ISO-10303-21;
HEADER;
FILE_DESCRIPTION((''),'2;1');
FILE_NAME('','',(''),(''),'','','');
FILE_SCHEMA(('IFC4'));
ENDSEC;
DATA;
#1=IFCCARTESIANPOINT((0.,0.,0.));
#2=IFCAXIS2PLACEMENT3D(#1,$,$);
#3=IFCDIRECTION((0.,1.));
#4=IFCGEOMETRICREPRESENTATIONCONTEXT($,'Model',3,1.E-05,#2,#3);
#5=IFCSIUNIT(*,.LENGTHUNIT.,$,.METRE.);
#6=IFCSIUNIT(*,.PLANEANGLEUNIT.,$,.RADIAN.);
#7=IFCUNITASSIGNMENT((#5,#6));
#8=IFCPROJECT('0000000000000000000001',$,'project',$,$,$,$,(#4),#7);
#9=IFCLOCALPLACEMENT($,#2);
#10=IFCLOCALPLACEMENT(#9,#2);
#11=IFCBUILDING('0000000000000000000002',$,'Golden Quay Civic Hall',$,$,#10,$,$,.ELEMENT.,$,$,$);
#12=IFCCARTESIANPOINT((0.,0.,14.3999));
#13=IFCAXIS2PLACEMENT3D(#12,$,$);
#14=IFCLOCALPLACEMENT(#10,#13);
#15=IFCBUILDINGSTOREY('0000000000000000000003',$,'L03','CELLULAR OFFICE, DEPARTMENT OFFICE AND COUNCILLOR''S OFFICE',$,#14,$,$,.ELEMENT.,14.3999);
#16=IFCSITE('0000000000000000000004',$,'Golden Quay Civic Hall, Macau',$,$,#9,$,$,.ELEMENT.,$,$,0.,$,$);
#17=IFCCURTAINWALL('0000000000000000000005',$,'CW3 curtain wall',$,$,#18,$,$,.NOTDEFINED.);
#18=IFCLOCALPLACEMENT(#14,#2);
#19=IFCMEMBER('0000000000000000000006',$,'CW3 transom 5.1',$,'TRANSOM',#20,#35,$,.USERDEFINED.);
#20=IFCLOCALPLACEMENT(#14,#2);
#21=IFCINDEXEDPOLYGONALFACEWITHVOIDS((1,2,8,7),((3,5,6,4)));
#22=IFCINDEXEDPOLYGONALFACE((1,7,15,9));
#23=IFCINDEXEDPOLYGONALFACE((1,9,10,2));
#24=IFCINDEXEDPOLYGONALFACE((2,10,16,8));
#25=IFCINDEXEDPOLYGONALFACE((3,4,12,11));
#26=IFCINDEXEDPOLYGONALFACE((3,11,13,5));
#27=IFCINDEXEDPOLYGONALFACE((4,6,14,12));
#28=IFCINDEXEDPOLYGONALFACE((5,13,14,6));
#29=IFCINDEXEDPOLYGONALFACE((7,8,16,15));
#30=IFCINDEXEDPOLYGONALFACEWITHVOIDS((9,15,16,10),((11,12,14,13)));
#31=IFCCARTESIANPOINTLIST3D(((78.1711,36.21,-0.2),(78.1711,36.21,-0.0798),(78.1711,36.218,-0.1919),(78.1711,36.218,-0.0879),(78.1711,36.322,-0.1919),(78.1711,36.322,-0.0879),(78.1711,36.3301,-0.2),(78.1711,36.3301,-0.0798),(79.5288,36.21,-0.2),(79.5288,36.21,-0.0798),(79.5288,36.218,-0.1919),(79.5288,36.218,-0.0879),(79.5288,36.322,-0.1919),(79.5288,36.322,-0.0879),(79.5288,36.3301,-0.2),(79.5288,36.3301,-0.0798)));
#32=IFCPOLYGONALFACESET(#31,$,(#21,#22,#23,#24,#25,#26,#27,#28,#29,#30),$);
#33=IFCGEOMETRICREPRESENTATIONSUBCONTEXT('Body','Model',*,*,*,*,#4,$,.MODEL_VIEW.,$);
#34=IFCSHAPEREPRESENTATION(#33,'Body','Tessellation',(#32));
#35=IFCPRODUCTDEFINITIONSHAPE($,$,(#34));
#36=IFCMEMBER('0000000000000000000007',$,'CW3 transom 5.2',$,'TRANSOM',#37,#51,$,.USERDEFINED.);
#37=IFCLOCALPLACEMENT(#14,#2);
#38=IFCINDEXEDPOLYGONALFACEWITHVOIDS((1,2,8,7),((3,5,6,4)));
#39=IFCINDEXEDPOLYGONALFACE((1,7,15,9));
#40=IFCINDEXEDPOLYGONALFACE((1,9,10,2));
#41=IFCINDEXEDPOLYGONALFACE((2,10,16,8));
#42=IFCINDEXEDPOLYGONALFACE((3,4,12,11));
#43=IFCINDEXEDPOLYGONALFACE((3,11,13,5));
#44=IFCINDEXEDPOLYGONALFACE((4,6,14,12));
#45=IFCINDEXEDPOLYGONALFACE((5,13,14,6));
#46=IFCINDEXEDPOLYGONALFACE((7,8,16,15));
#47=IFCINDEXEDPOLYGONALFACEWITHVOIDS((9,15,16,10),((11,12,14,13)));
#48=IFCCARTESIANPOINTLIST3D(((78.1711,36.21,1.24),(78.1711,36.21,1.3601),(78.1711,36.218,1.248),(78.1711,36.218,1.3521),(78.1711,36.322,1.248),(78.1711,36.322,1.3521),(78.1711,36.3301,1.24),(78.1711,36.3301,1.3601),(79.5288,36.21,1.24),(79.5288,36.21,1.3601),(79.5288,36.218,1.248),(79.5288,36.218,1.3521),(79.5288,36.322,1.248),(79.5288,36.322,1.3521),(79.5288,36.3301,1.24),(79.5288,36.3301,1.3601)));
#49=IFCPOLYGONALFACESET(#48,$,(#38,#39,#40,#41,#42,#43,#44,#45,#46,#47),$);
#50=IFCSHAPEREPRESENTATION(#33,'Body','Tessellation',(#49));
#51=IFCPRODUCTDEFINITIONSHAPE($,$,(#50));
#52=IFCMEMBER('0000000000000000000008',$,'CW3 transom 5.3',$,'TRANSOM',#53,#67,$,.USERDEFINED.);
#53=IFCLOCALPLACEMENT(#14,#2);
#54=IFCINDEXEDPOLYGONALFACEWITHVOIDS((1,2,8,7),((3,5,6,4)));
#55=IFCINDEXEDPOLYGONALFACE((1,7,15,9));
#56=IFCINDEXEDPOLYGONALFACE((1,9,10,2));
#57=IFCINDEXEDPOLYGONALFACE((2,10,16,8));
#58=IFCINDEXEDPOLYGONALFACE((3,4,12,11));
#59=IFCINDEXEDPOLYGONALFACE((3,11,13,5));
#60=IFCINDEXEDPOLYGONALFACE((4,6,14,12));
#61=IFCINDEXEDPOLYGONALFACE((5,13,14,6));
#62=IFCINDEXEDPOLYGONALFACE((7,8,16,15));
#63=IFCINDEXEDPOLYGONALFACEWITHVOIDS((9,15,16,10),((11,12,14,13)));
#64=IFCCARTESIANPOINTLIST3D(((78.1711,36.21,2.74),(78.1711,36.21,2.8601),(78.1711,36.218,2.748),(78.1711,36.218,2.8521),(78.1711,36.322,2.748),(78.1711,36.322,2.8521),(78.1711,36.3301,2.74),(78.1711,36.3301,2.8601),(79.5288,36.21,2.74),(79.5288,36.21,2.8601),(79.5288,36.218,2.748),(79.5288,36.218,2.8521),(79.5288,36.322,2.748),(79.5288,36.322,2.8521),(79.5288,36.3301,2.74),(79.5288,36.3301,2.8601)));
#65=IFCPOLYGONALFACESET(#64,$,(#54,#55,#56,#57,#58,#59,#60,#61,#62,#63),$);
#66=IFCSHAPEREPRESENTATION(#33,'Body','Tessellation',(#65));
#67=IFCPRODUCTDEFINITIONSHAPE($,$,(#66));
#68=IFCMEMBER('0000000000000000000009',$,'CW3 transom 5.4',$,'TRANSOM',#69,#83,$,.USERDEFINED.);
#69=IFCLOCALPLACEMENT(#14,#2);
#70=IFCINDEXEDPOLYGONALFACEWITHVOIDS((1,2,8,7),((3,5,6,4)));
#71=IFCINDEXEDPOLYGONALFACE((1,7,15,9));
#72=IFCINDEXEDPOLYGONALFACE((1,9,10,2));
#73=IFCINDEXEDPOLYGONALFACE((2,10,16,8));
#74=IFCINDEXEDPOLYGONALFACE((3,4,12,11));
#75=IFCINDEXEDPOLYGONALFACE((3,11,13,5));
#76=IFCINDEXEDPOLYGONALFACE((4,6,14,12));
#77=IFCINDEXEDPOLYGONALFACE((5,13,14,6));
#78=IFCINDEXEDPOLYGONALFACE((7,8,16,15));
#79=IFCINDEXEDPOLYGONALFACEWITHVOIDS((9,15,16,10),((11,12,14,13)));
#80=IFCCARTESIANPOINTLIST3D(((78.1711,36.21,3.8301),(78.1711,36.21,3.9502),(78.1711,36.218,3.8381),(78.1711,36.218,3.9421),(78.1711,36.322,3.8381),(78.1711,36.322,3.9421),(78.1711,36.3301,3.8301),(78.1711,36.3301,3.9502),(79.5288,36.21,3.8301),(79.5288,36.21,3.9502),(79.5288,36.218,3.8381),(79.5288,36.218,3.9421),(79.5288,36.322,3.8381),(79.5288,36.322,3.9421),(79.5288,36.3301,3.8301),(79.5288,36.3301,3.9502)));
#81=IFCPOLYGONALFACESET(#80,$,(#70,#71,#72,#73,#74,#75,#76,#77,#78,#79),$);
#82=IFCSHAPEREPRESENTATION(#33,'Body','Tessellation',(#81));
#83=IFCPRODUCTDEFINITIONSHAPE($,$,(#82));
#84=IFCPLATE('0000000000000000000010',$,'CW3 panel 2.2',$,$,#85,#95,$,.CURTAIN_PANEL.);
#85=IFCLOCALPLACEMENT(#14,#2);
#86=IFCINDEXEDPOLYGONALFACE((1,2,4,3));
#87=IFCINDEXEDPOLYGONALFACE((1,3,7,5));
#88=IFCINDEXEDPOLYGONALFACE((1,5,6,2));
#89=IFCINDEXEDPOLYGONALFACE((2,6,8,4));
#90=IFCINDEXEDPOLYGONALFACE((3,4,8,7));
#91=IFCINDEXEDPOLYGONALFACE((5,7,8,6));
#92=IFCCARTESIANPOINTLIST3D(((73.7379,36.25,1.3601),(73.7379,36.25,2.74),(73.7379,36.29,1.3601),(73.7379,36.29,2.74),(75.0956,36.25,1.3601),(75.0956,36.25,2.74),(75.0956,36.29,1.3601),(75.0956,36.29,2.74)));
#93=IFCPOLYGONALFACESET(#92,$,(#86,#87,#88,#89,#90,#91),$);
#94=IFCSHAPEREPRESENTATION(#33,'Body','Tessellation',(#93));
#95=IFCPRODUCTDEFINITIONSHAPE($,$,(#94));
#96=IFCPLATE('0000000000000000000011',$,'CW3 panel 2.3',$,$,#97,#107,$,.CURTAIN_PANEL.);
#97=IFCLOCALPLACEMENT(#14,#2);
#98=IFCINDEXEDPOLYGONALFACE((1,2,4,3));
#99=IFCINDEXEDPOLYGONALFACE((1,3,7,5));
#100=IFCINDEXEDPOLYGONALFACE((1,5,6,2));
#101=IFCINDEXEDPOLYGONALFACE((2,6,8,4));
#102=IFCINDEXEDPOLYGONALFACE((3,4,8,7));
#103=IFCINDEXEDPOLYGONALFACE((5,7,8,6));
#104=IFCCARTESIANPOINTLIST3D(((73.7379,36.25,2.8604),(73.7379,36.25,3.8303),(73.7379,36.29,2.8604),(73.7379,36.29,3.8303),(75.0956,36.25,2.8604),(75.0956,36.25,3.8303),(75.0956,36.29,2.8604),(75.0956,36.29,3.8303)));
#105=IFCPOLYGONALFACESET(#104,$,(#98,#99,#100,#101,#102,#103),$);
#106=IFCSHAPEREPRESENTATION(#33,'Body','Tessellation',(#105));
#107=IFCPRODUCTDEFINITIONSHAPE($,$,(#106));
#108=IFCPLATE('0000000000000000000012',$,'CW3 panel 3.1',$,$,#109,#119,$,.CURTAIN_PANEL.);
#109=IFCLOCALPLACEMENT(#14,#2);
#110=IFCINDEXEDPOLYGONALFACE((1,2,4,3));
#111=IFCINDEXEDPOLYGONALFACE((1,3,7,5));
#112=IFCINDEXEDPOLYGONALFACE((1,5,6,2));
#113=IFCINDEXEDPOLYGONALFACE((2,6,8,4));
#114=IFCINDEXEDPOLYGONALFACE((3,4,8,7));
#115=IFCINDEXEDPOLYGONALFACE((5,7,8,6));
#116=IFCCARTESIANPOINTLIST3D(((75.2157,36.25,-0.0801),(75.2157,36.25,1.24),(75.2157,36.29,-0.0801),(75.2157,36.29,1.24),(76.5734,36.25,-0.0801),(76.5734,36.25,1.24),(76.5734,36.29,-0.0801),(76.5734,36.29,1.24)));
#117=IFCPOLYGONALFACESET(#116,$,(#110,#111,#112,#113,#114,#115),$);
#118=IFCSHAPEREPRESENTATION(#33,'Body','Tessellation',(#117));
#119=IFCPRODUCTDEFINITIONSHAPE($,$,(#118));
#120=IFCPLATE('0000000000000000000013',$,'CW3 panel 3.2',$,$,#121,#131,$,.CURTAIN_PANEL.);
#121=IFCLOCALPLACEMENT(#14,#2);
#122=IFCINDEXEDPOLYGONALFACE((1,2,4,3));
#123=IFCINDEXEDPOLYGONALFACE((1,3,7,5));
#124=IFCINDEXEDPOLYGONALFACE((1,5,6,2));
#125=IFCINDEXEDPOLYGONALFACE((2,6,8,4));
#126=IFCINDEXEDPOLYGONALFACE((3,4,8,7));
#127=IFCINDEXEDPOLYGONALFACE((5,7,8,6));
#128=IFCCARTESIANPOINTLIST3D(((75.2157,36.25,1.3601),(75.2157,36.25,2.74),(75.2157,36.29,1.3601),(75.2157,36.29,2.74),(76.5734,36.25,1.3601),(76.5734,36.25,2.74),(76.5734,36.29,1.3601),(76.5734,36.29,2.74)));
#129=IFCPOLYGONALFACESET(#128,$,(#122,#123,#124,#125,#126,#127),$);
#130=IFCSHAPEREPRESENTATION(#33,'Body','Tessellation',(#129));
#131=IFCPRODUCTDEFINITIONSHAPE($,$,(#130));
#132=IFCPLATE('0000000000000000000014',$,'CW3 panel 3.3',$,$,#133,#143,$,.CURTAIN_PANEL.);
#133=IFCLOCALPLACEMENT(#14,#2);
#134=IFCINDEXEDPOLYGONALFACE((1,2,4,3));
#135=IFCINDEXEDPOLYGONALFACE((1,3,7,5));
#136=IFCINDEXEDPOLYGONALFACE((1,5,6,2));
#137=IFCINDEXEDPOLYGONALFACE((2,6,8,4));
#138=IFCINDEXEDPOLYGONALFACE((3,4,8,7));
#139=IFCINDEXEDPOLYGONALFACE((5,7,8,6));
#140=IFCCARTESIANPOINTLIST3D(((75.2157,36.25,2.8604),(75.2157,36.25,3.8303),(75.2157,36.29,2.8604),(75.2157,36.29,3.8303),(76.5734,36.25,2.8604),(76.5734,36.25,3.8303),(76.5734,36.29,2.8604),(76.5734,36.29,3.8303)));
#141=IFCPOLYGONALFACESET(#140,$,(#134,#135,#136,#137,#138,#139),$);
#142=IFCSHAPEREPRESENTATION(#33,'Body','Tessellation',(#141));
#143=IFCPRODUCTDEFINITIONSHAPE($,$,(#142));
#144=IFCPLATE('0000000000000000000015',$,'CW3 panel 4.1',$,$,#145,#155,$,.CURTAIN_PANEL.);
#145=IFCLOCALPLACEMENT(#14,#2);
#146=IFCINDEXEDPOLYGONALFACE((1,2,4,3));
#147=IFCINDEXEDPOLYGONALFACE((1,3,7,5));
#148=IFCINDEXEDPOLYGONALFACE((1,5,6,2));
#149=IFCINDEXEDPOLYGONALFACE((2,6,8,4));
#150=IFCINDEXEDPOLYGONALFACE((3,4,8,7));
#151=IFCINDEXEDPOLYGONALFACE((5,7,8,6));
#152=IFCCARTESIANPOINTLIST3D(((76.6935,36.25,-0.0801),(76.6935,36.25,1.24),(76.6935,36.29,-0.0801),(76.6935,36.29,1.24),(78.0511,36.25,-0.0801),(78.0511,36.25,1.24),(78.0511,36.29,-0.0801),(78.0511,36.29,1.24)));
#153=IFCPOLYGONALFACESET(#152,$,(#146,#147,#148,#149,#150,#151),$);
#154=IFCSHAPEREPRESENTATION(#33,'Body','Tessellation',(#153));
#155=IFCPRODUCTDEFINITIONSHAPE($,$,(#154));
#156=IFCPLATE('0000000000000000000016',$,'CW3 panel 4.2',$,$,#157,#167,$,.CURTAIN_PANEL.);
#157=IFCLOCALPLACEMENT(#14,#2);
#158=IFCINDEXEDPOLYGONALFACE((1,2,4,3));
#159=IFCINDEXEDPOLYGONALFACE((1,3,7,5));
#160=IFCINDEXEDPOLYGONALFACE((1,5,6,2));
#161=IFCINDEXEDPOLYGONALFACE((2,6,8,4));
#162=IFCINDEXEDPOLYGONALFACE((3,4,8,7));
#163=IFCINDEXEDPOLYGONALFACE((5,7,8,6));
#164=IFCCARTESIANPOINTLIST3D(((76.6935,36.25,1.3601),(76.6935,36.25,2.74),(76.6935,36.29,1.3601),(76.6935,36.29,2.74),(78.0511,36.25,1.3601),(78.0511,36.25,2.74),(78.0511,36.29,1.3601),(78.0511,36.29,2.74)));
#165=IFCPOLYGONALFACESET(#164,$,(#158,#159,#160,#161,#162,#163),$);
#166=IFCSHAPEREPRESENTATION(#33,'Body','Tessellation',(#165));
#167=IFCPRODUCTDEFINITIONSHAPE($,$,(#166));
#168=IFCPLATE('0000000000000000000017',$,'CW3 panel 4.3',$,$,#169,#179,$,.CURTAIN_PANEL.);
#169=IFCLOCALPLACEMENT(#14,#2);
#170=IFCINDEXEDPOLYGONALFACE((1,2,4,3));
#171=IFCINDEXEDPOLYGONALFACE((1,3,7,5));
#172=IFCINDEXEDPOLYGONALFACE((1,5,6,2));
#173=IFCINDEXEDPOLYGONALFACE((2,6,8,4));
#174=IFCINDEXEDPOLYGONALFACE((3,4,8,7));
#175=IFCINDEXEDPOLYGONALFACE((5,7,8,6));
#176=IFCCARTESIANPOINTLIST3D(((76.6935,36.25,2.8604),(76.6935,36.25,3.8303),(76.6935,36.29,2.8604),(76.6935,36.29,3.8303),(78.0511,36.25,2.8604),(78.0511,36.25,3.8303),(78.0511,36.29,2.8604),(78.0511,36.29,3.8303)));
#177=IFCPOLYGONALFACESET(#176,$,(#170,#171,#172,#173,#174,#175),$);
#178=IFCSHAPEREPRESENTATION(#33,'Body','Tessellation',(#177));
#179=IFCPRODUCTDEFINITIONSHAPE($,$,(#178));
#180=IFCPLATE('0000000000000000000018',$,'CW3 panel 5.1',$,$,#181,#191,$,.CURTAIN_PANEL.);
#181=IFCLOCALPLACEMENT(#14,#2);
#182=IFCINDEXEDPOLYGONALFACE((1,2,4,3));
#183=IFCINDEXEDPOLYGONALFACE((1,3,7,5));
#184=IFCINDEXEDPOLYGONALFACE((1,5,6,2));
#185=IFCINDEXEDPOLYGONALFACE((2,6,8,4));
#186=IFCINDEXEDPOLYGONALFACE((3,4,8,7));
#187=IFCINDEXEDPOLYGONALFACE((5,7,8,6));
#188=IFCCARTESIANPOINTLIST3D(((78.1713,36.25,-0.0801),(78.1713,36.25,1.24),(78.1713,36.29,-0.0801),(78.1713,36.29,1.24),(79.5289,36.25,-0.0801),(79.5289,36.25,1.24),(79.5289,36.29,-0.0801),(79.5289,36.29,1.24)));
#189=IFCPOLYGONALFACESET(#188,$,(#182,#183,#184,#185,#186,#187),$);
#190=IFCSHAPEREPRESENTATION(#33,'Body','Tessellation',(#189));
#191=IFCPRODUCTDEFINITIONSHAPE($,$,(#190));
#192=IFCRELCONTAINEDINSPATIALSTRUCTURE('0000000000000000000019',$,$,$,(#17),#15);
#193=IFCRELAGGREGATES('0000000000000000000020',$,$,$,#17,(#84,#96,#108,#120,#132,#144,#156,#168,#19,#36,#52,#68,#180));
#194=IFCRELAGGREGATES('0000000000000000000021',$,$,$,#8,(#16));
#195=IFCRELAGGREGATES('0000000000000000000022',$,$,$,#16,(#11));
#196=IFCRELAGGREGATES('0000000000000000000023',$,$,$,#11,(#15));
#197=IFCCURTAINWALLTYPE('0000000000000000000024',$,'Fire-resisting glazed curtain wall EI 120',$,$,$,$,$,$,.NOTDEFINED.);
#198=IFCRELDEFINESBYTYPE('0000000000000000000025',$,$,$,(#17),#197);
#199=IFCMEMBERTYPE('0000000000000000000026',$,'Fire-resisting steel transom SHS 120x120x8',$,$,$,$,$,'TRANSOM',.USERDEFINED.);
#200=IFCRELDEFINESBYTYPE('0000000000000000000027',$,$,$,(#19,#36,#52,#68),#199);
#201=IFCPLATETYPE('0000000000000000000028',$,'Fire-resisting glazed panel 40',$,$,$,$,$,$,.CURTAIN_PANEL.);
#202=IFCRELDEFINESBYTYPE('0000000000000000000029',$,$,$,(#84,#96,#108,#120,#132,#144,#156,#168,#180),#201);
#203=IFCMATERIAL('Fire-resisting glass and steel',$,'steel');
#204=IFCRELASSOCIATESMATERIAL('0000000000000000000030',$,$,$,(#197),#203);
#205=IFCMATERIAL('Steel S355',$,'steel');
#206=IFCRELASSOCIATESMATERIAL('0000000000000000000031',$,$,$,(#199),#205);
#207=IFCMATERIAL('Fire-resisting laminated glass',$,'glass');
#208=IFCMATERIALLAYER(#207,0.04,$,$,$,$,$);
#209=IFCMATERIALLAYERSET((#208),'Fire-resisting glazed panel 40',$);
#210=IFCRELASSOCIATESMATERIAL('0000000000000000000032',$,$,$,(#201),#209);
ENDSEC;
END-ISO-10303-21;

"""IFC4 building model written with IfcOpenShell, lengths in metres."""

from ifc_helpers import new_model, si_unit, direction, frame, origin, origin_2d, place, context, subcontext, project, spatial, rectangle, hollow_rectangle, extrude, material, layer, layer_set, material_profile, profile_set, type_object, element, aggregate, save


model = new_model("IFC4")

# Units and contexts
model_context = context("Model", 3, precision=1e-05, world=origin(), true_north=direction((0.0, 1.0)))
body_context = subcontext(model_context, "Body", "Model", "MODEL_VIEW")
ifc_project = project(units=[si_unit("LENGTHUNIT", "METRE"), si_unit("PLANEANGLEUNIT", "RADIAN")], contexts=[model_context])

# Site, building, storey
site_placement = place(None, origin())
site = spatial("IfcSite", under=ifc_project, at=site_placement, Name="Golden Quay Civic Hall, Macau", CompositionType="ELEMENT", RefElevation=0.0)
building_placement = place(site_placement, origin())
building = spatial("IfcBuilding", under=site, at=building_placement, Name="Golden Quay Civic Hall", CompositionType="ELEMENT")
storey_placement = place(building_placement, frame((0.0, 0.0, 14.3999)))
storey = spatial("IfcBuildingStorey", under=building, at=storey_placement, Name="L03", Description="CELLULAR OFFICE, DEPARTMENT OFFICE AND COUNCILLOR'S OFFICE", CompositionType="ELEMENT", Elevation=14.3999)

# Curtain wall, members, plates
ifc_material_1 = material(Name="Fire-resisting glass and steel", Category="steel")
curtain_wall_type = type_object("IfcCurtainWallType", Name="Fire-resisting glazed curtain wall EI 120", PredefinedType="NOTDEFINED", material=ifc_material_1)
curtain_wall_placement = place(storey_placement, origin())
curtain_wall = element("IfcCurtainWall", 1, at=curtain_wall_placement, inside=storey, type_object=curtain_wall_type, Name="CW3 curtain wall", PredefinedType="NOTDEFINED")
ifc_material_2 = material(Name="Steel S355", Category="steel")
ifc_material_profile_1 = material_profile(ifc_material_2, hollow_rectangle(XDim=0.1201, YDim=0.1201, WallThickness=0.0081, at=origin_2d()), Name="SHS 120x120x8")
ifc_profile_set_1 = profile_set([ifc_material_profile_1], Name="Steel S355")
member_type_1 = type_object("IfcMemberType", Name="Fire-resisting steel transom SHS 120x120x8", ElementType="TRANSOM", PredefinedType="USERDEFINED", material=ifc_profile_set_1)
member_1_placement = place(storey_placement, frame((78.1711, 36.27, -0.1399), z_axis=(1.0, 0.0, 0.0), x_axis=(0.0, 1.0, 0.0)))
member_1 = element("IfcMember", 2, at=member_1_placement, type_object=member_type_1, Name="CW3 transom 5.1", ObjectType="TRANSOM", PredefinedType="USERDEFINED", context=body_context, shape_type="SweptSolid", body=[
    extrude(hollow_rectangle(XDim=0.1201, YDim=0.1201, WallThickness=0.0081, at=origin_2d()), origin(), (0.0, 0.0, 1.0), 1.3577),
])
member_2_placement = place(storey_placement, frame((78.1711, 36.27, 1.3), z_axis=(1.0, 0.0, 0.0), x_axis=(0.0, 1.0, 0.0)))
member_2 = element("IfcMember", 3, at=member_2_placement, type_object=member_type_1, Name="CW3 transom 5.2", ObjectType="TRANSOM", PredefinedType="USERDEFINED", context=body_context, shape_type="SweptSolid", body=[
    extrude(hollow_rectangle(XDim=0.1201, YDim=0.1201, WallThickness=0.0081, at=origin_2d()), origin(), (0.0, 0.0, 1.0), 1.3577),
])
member_3_placement = place(storey_placement, frame((78.1711, 36.27, 2.8), z_axis=(1.0, 0.0, 0.0), x_axis=(0.0, 1.0, 0.0)))
member_3 = element("IfcMember", 4, at=member_3_placement, type_object=member_type_1, Name="CW3 transom 5.3", ObjectType="TRANSOM", PredefinedType="USERDEFINED", context=body_context, shape_type="SweptSolid", body=[
    extrude(hollow_rectangle(XDim=0.1201, YDim=0.1201, WallThickness=0.0081, at=origin_2d()), origin(), (0.0, 0.0, 1.0), 1.3577),
])
member_4_placement = place(storey_placement, frame((78.1711, 36.27, 3.8901), z_axis=(1.0, 0.0, 0.0), x_axis=(0.0, 1.0, 0.0)))
member_4 = element("IfcMember", 5, at=member_4_placement, type_object=member_type_1, Name="CW3 transom 5.4", ObjectType="TRANSOM", PredefinedType="USERDEFINED", context=body_context, shape_type="SweptSolid", body=[
    extrude(hollow_rectangle(XDim=0.1201, YDim=0.1201, WallThickness=0.0081, at=origin_2d()), origin(), (0.0, 0.0, 1.0), 1.3577),
])
ifc_material_3 = material(Name="Fire-resisting laminated glass", Category="glass")
ifc_layer = layer(ifc_material_3, 0.04)
ifc_layer_set = layer_set([ifc_layer], Name="Fire-resisting glazed panel 40")
plate_type = type_object("IfcPlateType", Name="Fire-resisting glazed panel 40", PredefinedType="CURTAIN_PANEL", material=ifc_layer_set)
plate_1_placement = place(storey_placement, frame((74.4167, 36.27, 1.3601), z_axis=(0.0, 0.0, 1.0), x_axis=(1.0, 0.0, 0.0)))
plate_1 = element("IfcPlate", 6, at=plate_1_placement, type_object=plate_type, Name="CW3 panel 2.2", PredefinedType="CURTAIN_PANEL", context=body_context, shape_type="SweptSolid", body=[
    extrude(rectangle(XDim=1.3577, YDim=0.04, at=origin_2d()), origin(), (0.0, 0.0, 1.0), 1.3799),
])
plate_2_placement = place(storey_placement, frame((74.4167, 36.27, 2.8604), z_axis=(0.0, 0.0, 1.0), x_axis=(1.0, 0.0, 0.0)))
plate_2 = element("IfcPlate", 7, at=plate_2_placement, type_object=plate_type, Name="CW3 panel 2.3", PredefinedType="CURTAIN_PANEL", context=body_context, shape_type="SweptSolid", body=[
    extrude(rectangle(XDim=1.3577, YDim=0.04, at=origin_2d()), origin(), (0.0, 0.0, 1.0), 0.97),
])
plate_3_placement = place(storey_placement, frame((75.8945, 36.27, -0.0801), z_axis=(0.0, 0.0, 1.0), x_axis=(1.0, 0.0, 0.0)))
plate_3 = element("IfcPlate", 8, at=plate_3_placement, type_object=plate_type, Name="CW3 panel 3.1", PredefinedType="CURTAIN_PANEL", context=body_context, shape_type="SweptSolid", body=[
    extrude(rectangle(XDim=1.3577, YDim=0.04, at=origin_2d()), origin(), (0.0, 0.0, 1.0), 1.3201),
])
plate_4_placement = place(storey_placement, frame((75.8945, 36.27, 1.3601), z_axis=(0.0, 0.0, 1.0), x_axis=(1.0, 0.0, 0.0)))
plate_4 = element("IfcPlate", 9, at=plate_4_placement, type_object=plate_type, Name="CW3 panel 3.2", PredefinedType="CURTAIN_PANEL", context=body_context, shape_type="SweptSolid", body=[
    extrude(rectangle(XDim=1.3577, YDim=0.04, at=origin_2d()), origin(), (0.0, 0.0, 1.0), 1.3799),
])
plate_5_placement = place(storey_placement, frame((75.8945, 36.27, 2.8604), z_axis=(0.0, 0.0, 1.0), x_axis=(1.0, 0.0, 0.0)))
plate_5 = element("IfcPlate", 10, at=plate_5_placement, type_object=plate_type, Name="CW3 panel 3.3", PredefinedType="CURTAIN_PANEL", context=body_context, shape_type="SweptSolid", body=[
    extrude(rectangle(XDim=1.3577, YDim=0.04, at=origin_2d()), origin(), (0.0, 0.0, 1.0), 0.97),
])
plate_6_placement = place(storey_placement, frame((77.3723, 36.27, -0.0801), z_axis=(0.0, 0.0, 1.0), x_axis=(1.0, 0.0, 0.0)))
plate_6 = element("IfcPlate", 11, at=plate_6_placement, type_object=plate_type, Name="CW3 panel 4.1", PredefinedType="CURTAIN_PANEL", context=body_context, shape_type="SweptSolid", body=[
    extrude(rectangle(XDim=1.3577, YDim=0.04, at=origin_2d()), origin(), (0.0, 0.0, 1.0), 1.3201),
])
plate_7_placement = place(storey_placement, frame((77.3723, 36.27, 1.3601), z_axis=(0.0, 0.0, 1.0), x_axis=(1.0, 0.0, 0.0)))
plate_7 = element("IfcPlate", 12, at=plate_7_placement, type_object=plate_type, Name="CW3 panel 4.2", PredefinedType="CURTAIN_PANEL", context=body_context, shape_type="SweptSolid", body=[
    extrude(rectangle(XDim=1.3577, YDim=0.04, at=origin_2d()), origin(), (0.0, 0.0, 1.0), 1.3799),
])
plate_8_placement = place(storey_placement, frame((77.3723, 36.27, 2.8604), z_axis=(0.0, 0.0, 1.0), x_axis=(1.0, 0.0, 0.0)))
plate_8 = element("IfcPlate", 13, at=plate_8_placement, type_object=plate_type, Name="CW3 panel 4.3", PredefinedType="CURTAIN_PANEL", context=body_context, shape_type="SweptSolid", body=[
    extrude(rectangle(XDim=1.3577, YDim=0.04, at=origin_2d()), origin(), (0.0, 0.0, 1.0), 0.97),
])
plate_9_placement = place(storey_placement, frame((78.8501, 36.27, -0.0801), z_axis=(0.0, 0.0, 1.0), x_axis=(1.0, 0.0, 0.0)))
plate_9 = element("IfcPlate", 14, at=plate_9_placement, type_object=plate_type, Name="CW3 panel 5.1", PredefinedType="CURTAIN_PANEL", context=body_context, shape_type="SweptSolid", body=[
    extrude(rectangle(XDim=1.3577, YDim=0.04, at=origin_2d()), origin(), (0.0, 0.0, 1.0), 1.3201),
])
aggregate(curtain_wall, [plate_1, plate_2, plate_3, plate_4, plate_5, plate_6, plate_7, plate_8, member_1, member_2, member_3, member_4, plate_9])

save(model, "model.ifc")
